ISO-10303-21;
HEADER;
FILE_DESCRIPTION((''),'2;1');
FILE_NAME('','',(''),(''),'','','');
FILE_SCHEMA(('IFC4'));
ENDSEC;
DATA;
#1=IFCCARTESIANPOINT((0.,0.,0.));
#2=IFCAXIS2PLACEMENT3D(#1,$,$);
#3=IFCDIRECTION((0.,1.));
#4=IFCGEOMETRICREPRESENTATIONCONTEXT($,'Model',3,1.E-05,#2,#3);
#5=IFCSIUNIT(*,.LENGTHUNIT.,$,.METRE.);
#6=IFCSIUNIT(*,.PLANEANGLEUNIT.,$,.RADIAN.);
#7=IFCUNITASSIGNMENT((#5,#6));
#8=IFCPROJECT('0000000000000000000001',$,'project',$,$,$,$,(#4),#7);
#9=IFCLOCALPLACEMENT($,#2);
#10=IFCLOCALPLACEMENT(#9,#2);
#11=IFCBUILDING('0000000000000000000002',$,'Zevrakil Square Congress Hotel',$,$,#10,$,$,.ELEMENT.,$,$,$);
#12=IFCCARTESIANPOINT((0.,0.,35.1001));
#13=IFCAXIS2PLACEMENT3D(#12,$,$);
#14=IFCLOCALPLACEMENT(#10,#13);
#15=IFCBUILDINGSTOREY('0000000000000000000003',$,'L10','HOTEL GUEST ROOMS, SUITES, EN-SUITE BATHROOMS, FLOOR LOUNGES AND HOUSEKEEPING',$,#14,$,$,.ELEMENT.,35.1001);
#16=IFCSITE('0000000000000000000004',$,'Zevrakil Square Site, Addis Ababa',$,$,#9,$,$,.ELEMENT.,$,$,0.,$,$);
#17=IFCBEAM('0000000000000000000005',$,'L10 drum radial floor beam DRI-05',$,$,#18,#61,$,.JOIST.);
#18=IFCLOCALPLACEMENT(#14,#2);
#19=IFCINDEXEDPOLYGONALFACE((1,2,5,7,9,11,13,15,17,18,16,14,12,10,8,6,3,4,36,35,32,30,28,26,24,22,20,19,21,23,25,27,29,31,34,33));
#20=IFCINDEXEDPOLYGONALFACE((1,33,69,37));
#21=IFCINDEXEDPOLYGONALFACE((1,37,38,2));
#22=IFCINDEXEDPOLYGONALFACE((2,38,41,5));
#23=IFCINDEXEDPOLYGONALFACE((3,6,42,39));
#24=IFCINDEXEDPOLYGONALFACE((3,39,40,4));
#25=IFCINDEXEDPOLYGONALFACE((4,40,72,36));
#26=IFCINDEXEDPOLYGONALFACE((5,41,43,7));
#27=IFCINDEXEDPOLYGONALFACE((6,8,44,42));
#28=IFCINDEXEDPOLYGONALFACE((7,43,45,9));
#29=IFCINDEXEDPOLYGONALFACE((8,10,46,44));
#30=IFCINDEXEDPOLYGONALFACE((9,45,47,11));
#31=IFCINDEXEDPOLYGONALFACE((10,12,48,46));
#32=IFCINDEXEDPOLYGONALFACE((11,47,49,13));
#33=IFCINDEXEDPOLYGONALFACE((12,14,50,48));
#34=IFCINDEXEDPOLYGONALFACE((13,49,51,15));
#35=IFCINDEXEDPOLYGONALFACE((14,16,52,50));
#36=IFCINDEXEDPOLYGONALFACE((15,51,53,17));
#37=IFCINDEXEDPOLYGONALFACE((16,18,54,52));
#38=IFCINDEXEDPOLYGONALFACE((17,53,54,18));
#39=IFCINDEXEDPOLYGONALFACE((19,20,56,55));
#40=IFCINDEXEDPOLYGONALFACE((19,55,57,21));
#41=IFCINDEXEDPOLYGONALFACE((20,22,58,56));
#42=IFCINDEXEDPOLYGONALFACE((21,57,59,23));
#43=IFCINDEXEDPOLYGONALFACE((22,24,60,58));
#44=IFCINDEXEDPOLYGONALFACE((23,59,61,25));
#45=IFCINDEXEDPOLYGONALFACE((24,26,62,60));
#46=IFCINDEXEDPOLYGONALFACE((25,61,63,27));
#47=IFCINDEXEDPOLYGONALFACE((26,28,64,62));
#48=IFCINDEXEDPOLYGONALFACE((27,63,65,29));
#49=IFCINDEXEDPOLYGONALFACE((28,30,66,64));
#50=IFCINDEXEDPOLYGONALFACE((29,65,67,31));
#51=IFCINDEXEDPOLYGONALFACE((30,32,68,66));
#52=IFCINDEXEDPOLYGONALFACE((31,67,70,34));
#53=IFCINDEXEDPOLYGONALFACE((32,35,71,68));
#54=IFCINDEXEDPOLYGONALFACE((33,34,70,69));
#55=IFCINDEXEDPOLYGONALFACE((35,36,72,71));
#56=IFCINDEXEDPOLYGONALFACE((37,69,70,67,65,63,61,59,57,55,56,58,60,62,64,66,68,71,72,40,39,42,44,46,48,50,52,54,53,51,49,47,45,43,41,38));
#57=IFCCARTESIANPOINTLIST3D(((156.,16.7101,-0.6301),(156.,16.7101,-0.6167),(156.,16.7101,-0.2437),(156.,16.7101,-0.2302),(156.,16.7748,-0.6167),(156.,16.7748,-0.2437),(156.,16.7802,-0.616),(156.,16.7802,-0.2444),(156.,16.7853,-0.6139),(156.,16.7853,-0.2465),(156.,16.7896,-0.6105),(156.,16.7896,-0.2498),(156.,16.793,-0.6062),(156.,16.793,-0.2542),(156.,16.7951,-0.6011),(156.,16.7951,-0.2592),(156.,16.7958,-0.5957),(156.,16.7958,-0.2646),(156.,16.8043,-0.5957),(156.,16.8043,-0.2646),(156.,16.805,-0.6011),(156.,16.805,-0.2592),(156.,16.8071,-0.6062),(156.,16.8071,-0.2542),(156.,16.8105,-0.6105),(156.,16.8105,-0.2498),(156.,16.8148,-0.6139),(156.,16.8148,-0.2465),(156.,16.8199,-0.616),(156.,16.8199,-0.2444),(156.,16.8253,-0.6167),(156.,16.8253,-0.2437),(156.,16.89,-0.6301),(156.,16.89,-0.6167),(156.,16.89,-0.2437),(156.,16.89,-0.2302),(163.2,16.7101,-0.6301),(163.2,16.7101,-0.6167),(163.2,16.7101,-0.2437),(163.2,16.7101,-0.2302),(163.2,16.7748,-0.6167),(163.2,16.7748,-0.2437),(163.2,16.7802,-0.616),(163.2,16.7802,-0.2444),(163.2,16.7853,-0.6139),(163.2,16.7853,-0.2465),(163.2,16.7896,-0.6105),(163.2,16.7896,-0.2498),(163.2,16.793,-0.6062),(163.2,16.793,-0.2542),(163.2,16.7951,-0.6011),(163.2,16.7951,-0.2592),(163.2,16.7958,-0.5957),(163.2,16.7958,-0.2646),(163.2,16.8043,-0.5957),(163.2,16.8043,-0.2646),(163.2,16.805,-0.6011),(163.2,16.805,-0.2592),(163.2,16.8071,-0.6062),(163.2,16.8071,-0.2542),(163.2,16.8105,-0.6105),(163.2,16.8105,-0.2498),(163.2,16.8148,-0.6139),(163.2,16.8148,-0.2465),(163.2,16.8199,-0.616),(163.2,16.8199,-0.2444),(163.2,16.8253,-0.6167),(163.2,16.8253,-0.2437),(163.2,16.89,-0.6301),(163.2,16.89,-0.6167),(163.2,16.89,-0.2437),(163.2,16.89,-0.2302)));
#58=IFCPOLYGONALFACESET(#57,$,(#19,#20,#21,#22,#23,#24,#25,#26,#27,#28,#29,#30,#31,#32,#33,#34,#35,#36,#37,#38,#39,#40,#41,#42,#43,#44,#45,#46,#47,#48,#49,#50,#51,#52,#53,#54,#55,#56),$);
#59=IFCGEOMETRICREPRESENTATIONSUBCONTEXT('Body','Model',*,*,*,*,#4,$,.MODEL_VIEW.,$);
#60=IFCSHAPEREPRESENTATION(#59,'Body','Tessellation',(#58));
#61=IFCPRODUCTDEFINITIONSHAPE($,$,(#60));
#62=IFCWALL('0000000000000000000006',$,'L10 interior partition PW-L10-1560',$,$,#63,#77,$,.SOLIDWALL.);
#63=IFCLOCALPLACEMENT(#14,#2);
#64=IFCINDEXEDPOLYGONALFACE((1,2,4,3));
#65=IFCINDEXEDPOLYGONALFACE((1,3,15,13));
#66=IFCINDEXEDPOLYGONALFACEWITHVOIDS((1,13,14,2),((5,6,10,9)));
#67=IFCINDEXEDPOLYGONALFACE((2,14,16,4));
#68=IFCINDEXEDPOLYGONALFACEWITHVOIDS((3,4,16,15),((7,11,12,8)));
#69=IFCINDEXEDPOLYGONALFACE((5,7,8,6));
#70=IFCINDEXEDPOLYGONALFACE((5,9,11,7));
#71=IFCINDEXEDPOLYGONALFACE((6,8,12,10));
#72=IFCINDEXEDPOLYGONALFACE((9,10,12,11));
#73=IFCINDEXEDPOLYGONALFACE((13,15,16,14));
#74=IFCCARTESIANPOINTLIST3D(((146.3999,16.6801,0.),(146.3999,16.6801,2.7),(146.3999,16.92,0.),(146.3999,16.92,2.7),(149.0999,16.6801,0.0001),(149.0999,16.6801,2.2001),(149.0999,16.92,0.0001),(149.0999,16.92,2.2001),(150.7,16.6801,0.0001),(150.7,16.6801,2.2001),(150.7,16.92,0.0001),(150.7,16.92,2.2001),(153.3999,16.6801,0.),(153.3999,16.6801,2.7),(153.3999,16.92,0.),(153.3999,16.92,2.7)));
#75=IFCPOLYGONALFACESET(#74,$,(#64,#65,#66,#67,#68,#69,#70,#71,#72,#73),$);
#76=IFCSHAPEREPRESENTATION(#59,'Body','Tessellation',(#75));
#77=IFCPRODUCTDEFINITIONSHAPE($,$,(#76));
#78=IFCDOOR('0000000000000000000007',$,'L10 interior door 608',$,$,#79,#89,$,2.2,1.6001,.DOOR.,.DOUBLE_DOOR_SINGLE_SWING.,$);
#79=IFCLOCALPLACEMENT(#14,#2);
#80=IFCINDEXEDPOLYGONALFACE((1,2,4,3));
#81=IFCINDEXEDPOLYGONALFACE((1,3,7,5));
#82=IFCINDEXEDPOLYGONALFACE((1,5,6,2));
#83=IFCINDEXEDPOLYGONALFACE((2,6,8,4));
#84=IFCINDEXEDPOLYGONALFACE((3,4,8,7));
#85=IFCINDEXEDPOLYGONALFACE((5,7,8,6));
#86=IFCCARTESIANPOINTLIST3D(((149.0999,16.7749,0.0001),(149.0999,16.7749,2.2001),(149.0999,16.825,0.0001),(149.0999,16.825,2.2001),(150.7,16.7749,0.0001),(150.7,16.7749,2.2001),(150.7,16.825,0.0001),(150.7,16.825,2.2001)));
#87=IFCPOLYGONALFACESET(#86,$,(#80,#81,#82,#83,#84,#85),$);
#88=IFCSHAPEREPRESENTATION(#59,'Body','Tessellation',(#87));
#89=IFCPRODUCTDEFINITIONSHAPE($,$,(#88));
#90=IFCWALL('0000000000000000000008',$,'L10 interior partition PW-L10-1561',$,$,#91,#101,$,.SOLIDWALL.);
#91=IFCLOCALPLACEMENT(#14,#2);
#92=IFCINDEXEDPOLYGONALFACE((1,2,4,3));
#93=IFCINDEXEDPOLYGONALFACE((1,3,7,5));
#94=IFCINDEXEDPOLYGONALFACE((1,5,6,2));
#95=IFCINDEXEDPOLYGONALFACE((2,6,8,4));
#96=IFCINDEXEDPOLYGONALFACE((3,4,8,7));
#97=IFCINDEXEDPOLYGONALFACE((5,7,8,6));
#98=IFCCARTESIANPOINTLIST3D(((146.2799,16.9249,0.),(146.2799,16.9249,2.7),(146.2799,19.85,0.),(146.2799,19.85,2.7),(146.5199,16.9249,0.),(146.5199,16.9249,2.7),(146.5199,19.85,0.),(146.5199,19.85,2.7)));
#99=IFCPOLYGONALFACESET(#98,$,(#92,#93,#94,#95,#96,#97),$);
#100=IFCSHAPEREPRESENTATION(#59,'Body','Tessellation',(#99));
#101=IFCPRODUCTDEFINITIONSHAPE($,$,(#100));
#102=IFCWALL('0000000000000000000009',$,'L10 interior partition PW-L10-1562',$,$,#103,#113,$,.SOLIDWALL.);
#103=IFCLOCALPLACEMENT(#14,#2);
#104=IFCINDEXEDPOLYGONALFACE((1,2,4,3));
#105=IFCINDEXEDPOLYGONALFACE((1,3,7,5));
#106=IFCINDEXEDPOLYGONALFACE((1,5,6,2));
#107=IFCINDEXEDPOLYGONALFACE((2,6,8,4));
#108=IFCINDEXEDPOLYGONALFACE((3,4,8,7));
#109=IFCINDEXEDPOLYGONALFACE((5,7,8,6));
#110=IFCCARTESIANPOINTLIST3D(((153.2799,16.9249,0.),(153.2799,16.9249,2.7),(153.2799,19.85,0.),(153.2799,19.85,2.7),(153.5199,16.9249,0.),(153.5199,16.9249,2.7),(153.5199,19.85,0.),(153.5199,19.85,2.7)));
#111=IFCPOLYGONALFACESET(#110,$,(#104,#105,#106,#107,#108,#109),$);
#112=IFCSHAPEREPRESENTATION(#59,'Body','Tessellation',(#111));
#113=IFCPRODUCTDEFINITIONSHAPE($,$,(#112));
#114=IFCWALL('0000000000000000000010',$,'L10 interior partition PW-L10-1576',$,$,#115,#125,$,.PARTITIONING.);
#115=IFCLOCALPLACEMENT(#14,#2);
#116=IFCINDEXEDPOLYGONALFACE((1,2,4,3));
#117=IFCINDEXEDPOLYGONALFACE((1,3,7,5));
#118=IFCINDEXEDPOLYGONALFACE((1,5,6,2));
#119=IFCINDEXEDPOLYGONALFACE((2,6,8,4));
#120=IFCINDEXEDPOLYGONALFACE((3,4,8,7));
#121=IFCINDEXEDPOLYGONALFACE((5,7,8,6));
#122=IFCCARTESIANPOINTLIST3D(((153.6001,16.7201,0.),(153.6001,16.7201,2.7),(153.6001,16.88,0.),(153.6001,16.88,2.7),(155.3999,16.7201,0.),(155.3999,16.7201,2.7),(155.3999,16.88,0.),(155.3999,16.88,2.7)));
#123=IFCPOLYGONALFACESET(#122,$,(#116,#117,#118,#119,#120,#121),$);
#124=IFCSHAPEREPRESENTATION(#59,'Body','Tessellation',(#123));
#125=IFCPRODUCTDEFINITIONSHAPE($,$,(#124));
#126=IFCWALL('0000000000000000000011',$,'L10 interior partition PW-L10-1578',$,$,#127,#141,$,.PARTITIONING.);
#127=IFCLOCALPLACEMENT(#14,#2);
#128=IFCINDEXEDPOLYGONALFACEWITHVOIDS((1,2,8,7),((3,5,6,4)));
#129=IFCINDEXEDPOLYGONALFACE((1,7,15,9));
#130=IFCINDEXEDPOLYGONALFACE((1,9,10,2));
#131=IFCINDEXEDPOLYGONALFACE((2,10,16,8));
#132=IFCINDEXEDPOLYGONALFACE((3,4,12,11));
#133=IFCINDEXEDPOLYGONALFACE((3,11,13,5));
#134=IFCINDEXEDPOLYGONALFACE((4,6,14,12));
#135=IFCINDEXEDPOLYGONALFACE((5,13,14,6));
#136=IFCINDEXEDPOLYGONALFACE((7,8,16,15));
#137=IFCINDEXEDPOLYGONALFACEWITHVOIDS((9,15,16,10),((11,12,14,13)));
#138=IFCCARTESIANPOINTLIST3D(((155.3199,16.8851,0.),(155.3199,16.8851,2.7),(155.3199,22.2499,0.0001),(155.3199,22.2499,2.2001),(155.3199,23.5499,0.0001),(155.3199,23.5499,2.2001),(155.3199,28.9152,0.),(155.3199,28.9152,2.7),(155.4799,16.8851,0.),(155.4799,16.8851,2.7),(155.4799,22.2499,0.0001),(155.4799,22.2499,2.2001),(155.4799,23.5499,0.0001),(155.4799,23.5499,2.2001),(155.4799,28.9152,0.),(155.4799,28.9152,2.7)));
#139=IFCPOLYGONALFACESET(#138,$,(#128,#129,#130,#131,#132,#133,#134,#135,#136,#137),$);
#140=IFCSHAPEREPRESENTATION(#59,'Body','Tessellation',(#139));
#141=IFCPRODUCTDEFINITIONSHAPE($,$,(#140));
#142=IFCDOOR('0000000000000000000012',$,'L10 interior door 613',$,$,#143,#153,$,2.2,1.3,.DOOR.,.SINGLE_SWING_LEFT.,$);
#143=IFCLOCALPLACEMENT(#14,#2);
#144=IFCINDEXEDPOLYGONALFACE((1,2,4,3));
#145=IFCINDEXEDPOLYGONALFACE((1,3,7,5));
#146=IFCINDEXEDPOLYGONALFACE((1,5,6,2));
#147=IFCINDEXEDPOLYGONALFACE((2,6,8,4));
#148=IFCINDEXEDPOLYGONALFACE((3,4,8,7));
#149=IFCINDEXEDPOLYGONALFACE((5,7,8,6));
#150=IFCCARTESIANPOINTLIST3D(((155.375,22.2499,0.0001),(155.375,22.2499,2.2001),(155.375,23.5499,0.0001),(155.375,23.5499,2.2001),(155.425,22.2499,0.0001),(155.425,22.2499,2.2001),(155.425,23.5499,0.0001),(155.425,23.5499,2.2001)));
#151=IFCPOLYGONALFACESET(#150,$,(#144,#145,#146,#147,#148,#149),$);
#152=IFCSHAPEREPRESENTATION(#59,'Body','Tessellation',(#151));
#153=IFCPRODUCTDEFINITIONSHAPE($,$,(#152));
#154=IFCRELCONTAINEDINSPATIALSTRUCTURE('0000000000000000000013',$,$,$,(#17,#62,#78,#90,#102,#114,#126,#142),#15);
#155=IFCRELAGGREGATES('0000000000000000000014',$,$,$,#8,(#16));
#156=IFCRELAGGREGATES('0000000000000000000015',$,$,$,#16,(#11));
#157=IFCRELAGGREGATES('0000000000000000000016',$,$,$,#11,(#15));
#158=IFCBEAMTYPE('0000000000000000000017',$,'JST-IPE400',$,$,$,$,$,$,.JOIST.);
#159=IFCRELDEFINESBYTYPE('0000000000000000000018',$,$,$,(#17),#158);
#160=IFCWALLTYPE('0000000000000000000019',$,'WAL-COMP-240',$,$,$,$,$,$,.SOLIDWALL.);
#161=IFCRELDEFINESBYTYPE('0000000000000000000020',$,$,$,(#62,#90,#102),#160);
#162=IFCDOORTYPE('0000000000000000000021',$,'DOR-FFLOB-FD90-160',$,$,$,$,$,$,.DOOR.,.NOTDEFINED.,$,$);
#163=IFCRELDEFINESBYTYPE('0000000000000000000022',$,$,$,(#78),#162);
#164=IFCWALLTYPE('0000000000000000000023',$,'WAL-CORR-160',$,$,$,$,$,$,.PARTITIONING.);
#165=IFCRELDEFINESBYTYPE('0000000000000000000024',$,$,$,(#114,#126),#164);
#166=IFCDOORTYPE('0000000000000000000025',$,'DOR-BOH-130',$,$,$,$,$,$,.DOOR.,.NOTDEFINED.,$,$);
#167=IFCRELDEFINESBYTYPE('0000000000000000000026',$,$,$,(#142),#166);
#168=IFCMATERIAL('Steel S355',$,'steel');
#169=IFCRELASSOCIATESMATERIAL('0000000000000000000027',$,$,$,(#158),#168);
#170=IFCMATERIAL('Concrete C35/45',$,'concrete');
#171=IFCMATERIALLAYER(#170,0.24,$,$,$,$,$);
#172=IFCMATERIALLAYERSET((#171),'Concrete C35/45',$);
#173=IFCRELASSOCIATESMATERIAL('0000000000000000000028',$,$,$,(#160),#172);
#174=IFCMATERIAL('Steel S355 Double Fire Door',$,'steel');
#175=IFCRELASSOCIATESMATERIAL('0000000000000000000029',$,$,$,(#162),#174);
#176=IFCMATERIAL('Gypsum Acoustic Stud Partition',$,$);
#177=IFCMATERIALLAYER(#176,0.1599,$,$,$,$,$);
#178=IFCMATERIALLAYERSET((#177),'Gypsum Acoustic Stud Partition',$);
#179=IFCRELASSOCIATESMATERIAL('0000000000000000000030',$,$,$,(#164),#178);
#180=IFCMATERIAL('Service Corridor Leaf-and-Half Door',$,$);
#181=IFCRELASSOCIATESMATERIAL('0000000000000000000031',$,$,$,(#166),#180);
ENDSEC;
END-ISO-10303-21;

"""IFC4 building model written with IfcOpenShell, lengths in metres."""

from ifc_helpers import new_model, si_unit, direction, frame, frame_2d, origin, origin_2d, place, context, subcontext, project, spatial, rectangle, i_section, extrude, material, layer, layer_set, material_profile, profile_set, type_object, element, fill, save


model = new_model("IFC4")

# Units and contexts
model_context = context("Model", 3, precision=1e-05, world=origin(), true_north=direction((0.0, 1.0)))
body_context = subcontext(model_context, "Body", "Model", "MODEL_VIEW")
ifc_project = project(units=[si_unit("LENGTHUNIT", "METRE"), si_unit("PLANEANGLEUNIT", "RADIAN")], contexts=[model_context])

# Site, building, storey
site_placement = place(None, origin())
site = spatial("IfcSite", under=ifc_project, at=site_placement, Name="Zevrakil Square Site, Addis Ababa", CompositionType="ELEMENT", RefElevation=0.0)
building_placement = place(site_placement, origin())
building = spatial("IfcBuilding", under=site, at=building_placement, Name="Zevrakil Square Congress Hotel", CompositionType="ELEMENT")
storey_placement = place(building_placement, frame((0.0, 0.0, 35.1001)))
storey = spatial("IfcBuildingStorey", under=building, at=storey_placement, Name="L10", Description="HOTEL GUEST ROOMS, SUITES, EN-SUITE BATHROOMS, FLOOR LOUNGES AND HOUSEKEEPING", CompositionType="ELEMENT", Elevation=35.1001)

# Beam
ifc_material_1 = material(Name="Steel S355", Category="steel")
ifc_material_profile_1 = material_profile(ifc_material_1, i_section(OverallWidth=0.1799, OverallDepth=0.3999, WebThickness=0.0085, FlangeThickness=0.0134, FilletRadius=0.021, at=origin_2d()), Name="IPE 400")
ifc_profile_set_1 = profile_set([ifc_material_profile_1], Name="Steel S355")
beam_type_1 = type_object("IfcBeamType", Name="JST-IPE400", PredefinedType="JOIST", material=ifc_profile_set_1)
for number, where, z_axis, x_axis, name in (
    (1, (156.0, 16.8, -0.4302), (1.0, 0.0, 0.0), (0.0, 1.0, 0.0), "L10 drum radial floor beam DRI-05"),
):
    element("IfcBeam", number, at=place(storey_placement, frame(where, z_axis=z_axis, x_axis=x_axis)), inside=storey, type_object=beam_type_1, Name=name, PredefinedType="JOIST", context=body_context, shape_type="SweptSolid", body=[
        extrude(i_section(OverallWidth=0.1799, OverallDepth=0.3999, WebThickness=0.0085, FlangeThickness=0.0134, FilletRadius=0.021, at=origin_2d()), origin(), (0.0, 0.0, 1.0), 7.2),
    ])

# Wall, opening, door
ifc_material_2 = material(Name="Concrete C35/45", Category="concrete")
ifc_layer_1 = layer(ifc_material_2, 0.24)
ifc_layer_set_1 = layer_set([ifc_layer_1], Name="Concrete C35/45")
wall_type_1 = type_object("IfcWallType", Name="WAL-COMP-240", PredefinedType="SOLIDWALL", material=ifc_layer_set_1)
wall_1_placement = place(storey_placement, frame((146.3999, 16.8, 0.0), z_axis=(0.0, 0.0, 1.0), x_axis=(1.0, 0.0, 0.0)))
wall_1 = element("IfcWall", 2, at=wall_1_placement, inside=storey, type_object=wall_type_1, Name="L10 interior partition PW-L10-1560", PredefinedType="SOLIDWALL", context=body_context, shape_type="SweptSolid", body=[
    extrude(rectangle(XDim=7.0, YDim=0.24, at=frame_2d((3.5, 0.0))), origin(), (0.0, 0.0, 1.0), 2.7),
])
opening_1_placement = place(wall_1_placement, frame((2.7, 0.0, 0.0)))
opening_1 = element("IfcOpeningElement", 3, at=opening_1_placement, cuts=wall_1, PredefinedType="OPENING", context=body_context, shape_type="SweptSolid", body=[
    extrude(rectangle(XDim=1.6001, YDim=2.2, at=frame_2d((0.8, 1.1001))), frame((0.0, 0.1299, 0.0), z_axis=(0.0, -1.0, 0.0), x_axis=(1.0, 0.0, 0.0)), (0.0, 0.0, 1.0), 0.26),
])
ifc_material_3 = material(Name="Steel S355 Double Fire Door", Category="steel")
door_type_1 = type_object("IfcDoorType", Name="DOR-FFLOB-FD90-160", OperationType="NOTDEFINED", PredefinedType="DOOR", material=ifc_material_3)
door_1_placement = place(opening_1_placement, origin())
door_1 = element("IfcDoor", 4, at=door_1_placement, inside=storey, type_object=door_type_1, Name="L10 interior door 608", OperationType="DOUBLE_DOOR_SINGLE_SWING", OverallHeight=2.2, OverallWidth=1.6001, PredefinedType="DOOR", context=body_context, shape_type="SweptSolid", body=[
    extrude(rectangle(XDim=1.6001, YDim=2.2, at=frame_2d((0.8, 1.1001))), frame((0.0, 0.0249, 0.0), z_axis=(0.0, -1.0, 0.0), x_axis=(1.0, 0.0, 0.0)), (0.0, 0.0, 1.0), 0.05),
])
fill(opening_1, door_1)

# Walls
for number, where, z_axis, x_axis, name in (
    (5, (146.3999, 16.925, 0.0), (0.0, 0.0, 1.0), (0.0, 1.0, 0.0), "L10 interior partition PW-L10-1561"),
    (6, (153.3999, 16.925, 0.0), (0.0, 0.0, 1.0), (0.0, 1.0, 0.0), "L10 interior partition PW-L10-1562"),
):
    element("IfcWall", number, at=place(storey_placement, frame(where, z_axis=z_axis, x_axis=x_axis)), inside=storey, type_object=wall_type_1, Name=name, PredefinedType="SOLIDWALL", context=body_context, shape_type="SweptSolid", body=[
        extrude(rectangle(XDim=2.925, YDim=0.24, at=frame_2d((1.4624, 0.0))), origin(), (0.0, 0.0, 1.0), 2.7),
    ])
ifc_material_4 = material(Name="Gypsum Acoustic Stud Partition")
ifc_layer_2 = layer(ifc_material_4, 0.1599)
ifc_layer_set_2 = layer_set([ifc_layer_2], Name="Gypsum Acoustic Stud Partition")
wall_type_2 = type_object("IfcWallType", Name="WAL-CORR-160", PredefinedType="PARTITIONING", material=ifc_layer_set_2)
wall_2_placement = place(storey_placement, frame((153.6001, 16.8, 0.0), z_axis=(0.0, 0.0, 1.0), x_axis=(1.0, 0.0, 0.0)))
element("IfcWall", 7, at=wall_2_placement, inside=storey, type_object=wall_type_2, Name="L10 interior partition PW-L10-1576", PredefinedType="PARTITIONING", context=body_context, shape_type="SweptSolid", body=[
    extrude(rectangle(XDim=1.7998, YDim=0.1599, at=frame_2d((0.8999, 0.0))), origin(), (0.0, 0.0, 1.0), 2.7),
])

# Wall, opening, door
wall_3_placement = place(storey_placement, frame((155.3999, 16.885, 0.0), z_axis=(0.0, 0.0, 1.0), x_axis=(0.0, 1.0, 0.0)))
wall_3 = element("IfcWall", 8, at=wall_3_placement, inside=storey, type_object=wall_type_2, Name="L10 interior partition PW-L10-1578", PredefinedType="PARTITIONING", context=body_context, shape_type="SweptSolid", body=[
    extrude(rectangle(XDim=12.03, YDim=0.1599, at=frame_2d((6.0151, 0.0))), origin(), (0.0, 0.0, 1.0), 2.7),
])
opening_2_placement = place(wall_3_placement, frame((5.365, 0.0, 0.0)))
opening_2 = element("IfcOpeningElement", 9, at=opening_2_placement, cuts=wall_3, PredefinedType="OPENING", context=body_context, shape_type="SweptSolid", body=[
    extrude(rectangle(XDim=1.3, YDim=2.2, at=frame_2d((0.6499, 1.1001))), frame((0.0, 0.0898, 0.0), z_axis=(0.0, -1.0, 0.0), x_axis=(1.0, 0.0, 0.0)), (0.0, 0.0, 1.0), 0.1799),
])
ifc_material_5 = material(Name="Service Corridor Leaf-and-Half Door")
door_type_2 = type_object("IfcDoorType", Name="DOR-BOH-130", OperationType="NOTDEFINED", PredefinedType="DOOR", material=ifc_material_5)
door_2_placement = place(opening_2_placement, origin())
door_2 = element("IfcDoor", 10, at=door_2_placement, inside=storey, type_object=door_type_2, Name="L10 interior door 613", OperationType="SINGLE_SWING_LEFT", OverallHeight=2.2, OverallWidth=1.3, PredefinedType="DOOR", context=body_context, shape_type="SweptSolid", body=[
    extrude(rectangle(XDim=1.3, YDim=2.2, at=frame_2d((0.6499, 1.1001))), frame((0.0, 0.0249, 0.0), z_axis=(0.0, -1.0, 0.0), x_axis=(1.0, 0.0, 0.0)), (0.0, 0.0, 1.0), 0.05),
])
fill(opening_2, door_2)

save(model, "model.ifc")
